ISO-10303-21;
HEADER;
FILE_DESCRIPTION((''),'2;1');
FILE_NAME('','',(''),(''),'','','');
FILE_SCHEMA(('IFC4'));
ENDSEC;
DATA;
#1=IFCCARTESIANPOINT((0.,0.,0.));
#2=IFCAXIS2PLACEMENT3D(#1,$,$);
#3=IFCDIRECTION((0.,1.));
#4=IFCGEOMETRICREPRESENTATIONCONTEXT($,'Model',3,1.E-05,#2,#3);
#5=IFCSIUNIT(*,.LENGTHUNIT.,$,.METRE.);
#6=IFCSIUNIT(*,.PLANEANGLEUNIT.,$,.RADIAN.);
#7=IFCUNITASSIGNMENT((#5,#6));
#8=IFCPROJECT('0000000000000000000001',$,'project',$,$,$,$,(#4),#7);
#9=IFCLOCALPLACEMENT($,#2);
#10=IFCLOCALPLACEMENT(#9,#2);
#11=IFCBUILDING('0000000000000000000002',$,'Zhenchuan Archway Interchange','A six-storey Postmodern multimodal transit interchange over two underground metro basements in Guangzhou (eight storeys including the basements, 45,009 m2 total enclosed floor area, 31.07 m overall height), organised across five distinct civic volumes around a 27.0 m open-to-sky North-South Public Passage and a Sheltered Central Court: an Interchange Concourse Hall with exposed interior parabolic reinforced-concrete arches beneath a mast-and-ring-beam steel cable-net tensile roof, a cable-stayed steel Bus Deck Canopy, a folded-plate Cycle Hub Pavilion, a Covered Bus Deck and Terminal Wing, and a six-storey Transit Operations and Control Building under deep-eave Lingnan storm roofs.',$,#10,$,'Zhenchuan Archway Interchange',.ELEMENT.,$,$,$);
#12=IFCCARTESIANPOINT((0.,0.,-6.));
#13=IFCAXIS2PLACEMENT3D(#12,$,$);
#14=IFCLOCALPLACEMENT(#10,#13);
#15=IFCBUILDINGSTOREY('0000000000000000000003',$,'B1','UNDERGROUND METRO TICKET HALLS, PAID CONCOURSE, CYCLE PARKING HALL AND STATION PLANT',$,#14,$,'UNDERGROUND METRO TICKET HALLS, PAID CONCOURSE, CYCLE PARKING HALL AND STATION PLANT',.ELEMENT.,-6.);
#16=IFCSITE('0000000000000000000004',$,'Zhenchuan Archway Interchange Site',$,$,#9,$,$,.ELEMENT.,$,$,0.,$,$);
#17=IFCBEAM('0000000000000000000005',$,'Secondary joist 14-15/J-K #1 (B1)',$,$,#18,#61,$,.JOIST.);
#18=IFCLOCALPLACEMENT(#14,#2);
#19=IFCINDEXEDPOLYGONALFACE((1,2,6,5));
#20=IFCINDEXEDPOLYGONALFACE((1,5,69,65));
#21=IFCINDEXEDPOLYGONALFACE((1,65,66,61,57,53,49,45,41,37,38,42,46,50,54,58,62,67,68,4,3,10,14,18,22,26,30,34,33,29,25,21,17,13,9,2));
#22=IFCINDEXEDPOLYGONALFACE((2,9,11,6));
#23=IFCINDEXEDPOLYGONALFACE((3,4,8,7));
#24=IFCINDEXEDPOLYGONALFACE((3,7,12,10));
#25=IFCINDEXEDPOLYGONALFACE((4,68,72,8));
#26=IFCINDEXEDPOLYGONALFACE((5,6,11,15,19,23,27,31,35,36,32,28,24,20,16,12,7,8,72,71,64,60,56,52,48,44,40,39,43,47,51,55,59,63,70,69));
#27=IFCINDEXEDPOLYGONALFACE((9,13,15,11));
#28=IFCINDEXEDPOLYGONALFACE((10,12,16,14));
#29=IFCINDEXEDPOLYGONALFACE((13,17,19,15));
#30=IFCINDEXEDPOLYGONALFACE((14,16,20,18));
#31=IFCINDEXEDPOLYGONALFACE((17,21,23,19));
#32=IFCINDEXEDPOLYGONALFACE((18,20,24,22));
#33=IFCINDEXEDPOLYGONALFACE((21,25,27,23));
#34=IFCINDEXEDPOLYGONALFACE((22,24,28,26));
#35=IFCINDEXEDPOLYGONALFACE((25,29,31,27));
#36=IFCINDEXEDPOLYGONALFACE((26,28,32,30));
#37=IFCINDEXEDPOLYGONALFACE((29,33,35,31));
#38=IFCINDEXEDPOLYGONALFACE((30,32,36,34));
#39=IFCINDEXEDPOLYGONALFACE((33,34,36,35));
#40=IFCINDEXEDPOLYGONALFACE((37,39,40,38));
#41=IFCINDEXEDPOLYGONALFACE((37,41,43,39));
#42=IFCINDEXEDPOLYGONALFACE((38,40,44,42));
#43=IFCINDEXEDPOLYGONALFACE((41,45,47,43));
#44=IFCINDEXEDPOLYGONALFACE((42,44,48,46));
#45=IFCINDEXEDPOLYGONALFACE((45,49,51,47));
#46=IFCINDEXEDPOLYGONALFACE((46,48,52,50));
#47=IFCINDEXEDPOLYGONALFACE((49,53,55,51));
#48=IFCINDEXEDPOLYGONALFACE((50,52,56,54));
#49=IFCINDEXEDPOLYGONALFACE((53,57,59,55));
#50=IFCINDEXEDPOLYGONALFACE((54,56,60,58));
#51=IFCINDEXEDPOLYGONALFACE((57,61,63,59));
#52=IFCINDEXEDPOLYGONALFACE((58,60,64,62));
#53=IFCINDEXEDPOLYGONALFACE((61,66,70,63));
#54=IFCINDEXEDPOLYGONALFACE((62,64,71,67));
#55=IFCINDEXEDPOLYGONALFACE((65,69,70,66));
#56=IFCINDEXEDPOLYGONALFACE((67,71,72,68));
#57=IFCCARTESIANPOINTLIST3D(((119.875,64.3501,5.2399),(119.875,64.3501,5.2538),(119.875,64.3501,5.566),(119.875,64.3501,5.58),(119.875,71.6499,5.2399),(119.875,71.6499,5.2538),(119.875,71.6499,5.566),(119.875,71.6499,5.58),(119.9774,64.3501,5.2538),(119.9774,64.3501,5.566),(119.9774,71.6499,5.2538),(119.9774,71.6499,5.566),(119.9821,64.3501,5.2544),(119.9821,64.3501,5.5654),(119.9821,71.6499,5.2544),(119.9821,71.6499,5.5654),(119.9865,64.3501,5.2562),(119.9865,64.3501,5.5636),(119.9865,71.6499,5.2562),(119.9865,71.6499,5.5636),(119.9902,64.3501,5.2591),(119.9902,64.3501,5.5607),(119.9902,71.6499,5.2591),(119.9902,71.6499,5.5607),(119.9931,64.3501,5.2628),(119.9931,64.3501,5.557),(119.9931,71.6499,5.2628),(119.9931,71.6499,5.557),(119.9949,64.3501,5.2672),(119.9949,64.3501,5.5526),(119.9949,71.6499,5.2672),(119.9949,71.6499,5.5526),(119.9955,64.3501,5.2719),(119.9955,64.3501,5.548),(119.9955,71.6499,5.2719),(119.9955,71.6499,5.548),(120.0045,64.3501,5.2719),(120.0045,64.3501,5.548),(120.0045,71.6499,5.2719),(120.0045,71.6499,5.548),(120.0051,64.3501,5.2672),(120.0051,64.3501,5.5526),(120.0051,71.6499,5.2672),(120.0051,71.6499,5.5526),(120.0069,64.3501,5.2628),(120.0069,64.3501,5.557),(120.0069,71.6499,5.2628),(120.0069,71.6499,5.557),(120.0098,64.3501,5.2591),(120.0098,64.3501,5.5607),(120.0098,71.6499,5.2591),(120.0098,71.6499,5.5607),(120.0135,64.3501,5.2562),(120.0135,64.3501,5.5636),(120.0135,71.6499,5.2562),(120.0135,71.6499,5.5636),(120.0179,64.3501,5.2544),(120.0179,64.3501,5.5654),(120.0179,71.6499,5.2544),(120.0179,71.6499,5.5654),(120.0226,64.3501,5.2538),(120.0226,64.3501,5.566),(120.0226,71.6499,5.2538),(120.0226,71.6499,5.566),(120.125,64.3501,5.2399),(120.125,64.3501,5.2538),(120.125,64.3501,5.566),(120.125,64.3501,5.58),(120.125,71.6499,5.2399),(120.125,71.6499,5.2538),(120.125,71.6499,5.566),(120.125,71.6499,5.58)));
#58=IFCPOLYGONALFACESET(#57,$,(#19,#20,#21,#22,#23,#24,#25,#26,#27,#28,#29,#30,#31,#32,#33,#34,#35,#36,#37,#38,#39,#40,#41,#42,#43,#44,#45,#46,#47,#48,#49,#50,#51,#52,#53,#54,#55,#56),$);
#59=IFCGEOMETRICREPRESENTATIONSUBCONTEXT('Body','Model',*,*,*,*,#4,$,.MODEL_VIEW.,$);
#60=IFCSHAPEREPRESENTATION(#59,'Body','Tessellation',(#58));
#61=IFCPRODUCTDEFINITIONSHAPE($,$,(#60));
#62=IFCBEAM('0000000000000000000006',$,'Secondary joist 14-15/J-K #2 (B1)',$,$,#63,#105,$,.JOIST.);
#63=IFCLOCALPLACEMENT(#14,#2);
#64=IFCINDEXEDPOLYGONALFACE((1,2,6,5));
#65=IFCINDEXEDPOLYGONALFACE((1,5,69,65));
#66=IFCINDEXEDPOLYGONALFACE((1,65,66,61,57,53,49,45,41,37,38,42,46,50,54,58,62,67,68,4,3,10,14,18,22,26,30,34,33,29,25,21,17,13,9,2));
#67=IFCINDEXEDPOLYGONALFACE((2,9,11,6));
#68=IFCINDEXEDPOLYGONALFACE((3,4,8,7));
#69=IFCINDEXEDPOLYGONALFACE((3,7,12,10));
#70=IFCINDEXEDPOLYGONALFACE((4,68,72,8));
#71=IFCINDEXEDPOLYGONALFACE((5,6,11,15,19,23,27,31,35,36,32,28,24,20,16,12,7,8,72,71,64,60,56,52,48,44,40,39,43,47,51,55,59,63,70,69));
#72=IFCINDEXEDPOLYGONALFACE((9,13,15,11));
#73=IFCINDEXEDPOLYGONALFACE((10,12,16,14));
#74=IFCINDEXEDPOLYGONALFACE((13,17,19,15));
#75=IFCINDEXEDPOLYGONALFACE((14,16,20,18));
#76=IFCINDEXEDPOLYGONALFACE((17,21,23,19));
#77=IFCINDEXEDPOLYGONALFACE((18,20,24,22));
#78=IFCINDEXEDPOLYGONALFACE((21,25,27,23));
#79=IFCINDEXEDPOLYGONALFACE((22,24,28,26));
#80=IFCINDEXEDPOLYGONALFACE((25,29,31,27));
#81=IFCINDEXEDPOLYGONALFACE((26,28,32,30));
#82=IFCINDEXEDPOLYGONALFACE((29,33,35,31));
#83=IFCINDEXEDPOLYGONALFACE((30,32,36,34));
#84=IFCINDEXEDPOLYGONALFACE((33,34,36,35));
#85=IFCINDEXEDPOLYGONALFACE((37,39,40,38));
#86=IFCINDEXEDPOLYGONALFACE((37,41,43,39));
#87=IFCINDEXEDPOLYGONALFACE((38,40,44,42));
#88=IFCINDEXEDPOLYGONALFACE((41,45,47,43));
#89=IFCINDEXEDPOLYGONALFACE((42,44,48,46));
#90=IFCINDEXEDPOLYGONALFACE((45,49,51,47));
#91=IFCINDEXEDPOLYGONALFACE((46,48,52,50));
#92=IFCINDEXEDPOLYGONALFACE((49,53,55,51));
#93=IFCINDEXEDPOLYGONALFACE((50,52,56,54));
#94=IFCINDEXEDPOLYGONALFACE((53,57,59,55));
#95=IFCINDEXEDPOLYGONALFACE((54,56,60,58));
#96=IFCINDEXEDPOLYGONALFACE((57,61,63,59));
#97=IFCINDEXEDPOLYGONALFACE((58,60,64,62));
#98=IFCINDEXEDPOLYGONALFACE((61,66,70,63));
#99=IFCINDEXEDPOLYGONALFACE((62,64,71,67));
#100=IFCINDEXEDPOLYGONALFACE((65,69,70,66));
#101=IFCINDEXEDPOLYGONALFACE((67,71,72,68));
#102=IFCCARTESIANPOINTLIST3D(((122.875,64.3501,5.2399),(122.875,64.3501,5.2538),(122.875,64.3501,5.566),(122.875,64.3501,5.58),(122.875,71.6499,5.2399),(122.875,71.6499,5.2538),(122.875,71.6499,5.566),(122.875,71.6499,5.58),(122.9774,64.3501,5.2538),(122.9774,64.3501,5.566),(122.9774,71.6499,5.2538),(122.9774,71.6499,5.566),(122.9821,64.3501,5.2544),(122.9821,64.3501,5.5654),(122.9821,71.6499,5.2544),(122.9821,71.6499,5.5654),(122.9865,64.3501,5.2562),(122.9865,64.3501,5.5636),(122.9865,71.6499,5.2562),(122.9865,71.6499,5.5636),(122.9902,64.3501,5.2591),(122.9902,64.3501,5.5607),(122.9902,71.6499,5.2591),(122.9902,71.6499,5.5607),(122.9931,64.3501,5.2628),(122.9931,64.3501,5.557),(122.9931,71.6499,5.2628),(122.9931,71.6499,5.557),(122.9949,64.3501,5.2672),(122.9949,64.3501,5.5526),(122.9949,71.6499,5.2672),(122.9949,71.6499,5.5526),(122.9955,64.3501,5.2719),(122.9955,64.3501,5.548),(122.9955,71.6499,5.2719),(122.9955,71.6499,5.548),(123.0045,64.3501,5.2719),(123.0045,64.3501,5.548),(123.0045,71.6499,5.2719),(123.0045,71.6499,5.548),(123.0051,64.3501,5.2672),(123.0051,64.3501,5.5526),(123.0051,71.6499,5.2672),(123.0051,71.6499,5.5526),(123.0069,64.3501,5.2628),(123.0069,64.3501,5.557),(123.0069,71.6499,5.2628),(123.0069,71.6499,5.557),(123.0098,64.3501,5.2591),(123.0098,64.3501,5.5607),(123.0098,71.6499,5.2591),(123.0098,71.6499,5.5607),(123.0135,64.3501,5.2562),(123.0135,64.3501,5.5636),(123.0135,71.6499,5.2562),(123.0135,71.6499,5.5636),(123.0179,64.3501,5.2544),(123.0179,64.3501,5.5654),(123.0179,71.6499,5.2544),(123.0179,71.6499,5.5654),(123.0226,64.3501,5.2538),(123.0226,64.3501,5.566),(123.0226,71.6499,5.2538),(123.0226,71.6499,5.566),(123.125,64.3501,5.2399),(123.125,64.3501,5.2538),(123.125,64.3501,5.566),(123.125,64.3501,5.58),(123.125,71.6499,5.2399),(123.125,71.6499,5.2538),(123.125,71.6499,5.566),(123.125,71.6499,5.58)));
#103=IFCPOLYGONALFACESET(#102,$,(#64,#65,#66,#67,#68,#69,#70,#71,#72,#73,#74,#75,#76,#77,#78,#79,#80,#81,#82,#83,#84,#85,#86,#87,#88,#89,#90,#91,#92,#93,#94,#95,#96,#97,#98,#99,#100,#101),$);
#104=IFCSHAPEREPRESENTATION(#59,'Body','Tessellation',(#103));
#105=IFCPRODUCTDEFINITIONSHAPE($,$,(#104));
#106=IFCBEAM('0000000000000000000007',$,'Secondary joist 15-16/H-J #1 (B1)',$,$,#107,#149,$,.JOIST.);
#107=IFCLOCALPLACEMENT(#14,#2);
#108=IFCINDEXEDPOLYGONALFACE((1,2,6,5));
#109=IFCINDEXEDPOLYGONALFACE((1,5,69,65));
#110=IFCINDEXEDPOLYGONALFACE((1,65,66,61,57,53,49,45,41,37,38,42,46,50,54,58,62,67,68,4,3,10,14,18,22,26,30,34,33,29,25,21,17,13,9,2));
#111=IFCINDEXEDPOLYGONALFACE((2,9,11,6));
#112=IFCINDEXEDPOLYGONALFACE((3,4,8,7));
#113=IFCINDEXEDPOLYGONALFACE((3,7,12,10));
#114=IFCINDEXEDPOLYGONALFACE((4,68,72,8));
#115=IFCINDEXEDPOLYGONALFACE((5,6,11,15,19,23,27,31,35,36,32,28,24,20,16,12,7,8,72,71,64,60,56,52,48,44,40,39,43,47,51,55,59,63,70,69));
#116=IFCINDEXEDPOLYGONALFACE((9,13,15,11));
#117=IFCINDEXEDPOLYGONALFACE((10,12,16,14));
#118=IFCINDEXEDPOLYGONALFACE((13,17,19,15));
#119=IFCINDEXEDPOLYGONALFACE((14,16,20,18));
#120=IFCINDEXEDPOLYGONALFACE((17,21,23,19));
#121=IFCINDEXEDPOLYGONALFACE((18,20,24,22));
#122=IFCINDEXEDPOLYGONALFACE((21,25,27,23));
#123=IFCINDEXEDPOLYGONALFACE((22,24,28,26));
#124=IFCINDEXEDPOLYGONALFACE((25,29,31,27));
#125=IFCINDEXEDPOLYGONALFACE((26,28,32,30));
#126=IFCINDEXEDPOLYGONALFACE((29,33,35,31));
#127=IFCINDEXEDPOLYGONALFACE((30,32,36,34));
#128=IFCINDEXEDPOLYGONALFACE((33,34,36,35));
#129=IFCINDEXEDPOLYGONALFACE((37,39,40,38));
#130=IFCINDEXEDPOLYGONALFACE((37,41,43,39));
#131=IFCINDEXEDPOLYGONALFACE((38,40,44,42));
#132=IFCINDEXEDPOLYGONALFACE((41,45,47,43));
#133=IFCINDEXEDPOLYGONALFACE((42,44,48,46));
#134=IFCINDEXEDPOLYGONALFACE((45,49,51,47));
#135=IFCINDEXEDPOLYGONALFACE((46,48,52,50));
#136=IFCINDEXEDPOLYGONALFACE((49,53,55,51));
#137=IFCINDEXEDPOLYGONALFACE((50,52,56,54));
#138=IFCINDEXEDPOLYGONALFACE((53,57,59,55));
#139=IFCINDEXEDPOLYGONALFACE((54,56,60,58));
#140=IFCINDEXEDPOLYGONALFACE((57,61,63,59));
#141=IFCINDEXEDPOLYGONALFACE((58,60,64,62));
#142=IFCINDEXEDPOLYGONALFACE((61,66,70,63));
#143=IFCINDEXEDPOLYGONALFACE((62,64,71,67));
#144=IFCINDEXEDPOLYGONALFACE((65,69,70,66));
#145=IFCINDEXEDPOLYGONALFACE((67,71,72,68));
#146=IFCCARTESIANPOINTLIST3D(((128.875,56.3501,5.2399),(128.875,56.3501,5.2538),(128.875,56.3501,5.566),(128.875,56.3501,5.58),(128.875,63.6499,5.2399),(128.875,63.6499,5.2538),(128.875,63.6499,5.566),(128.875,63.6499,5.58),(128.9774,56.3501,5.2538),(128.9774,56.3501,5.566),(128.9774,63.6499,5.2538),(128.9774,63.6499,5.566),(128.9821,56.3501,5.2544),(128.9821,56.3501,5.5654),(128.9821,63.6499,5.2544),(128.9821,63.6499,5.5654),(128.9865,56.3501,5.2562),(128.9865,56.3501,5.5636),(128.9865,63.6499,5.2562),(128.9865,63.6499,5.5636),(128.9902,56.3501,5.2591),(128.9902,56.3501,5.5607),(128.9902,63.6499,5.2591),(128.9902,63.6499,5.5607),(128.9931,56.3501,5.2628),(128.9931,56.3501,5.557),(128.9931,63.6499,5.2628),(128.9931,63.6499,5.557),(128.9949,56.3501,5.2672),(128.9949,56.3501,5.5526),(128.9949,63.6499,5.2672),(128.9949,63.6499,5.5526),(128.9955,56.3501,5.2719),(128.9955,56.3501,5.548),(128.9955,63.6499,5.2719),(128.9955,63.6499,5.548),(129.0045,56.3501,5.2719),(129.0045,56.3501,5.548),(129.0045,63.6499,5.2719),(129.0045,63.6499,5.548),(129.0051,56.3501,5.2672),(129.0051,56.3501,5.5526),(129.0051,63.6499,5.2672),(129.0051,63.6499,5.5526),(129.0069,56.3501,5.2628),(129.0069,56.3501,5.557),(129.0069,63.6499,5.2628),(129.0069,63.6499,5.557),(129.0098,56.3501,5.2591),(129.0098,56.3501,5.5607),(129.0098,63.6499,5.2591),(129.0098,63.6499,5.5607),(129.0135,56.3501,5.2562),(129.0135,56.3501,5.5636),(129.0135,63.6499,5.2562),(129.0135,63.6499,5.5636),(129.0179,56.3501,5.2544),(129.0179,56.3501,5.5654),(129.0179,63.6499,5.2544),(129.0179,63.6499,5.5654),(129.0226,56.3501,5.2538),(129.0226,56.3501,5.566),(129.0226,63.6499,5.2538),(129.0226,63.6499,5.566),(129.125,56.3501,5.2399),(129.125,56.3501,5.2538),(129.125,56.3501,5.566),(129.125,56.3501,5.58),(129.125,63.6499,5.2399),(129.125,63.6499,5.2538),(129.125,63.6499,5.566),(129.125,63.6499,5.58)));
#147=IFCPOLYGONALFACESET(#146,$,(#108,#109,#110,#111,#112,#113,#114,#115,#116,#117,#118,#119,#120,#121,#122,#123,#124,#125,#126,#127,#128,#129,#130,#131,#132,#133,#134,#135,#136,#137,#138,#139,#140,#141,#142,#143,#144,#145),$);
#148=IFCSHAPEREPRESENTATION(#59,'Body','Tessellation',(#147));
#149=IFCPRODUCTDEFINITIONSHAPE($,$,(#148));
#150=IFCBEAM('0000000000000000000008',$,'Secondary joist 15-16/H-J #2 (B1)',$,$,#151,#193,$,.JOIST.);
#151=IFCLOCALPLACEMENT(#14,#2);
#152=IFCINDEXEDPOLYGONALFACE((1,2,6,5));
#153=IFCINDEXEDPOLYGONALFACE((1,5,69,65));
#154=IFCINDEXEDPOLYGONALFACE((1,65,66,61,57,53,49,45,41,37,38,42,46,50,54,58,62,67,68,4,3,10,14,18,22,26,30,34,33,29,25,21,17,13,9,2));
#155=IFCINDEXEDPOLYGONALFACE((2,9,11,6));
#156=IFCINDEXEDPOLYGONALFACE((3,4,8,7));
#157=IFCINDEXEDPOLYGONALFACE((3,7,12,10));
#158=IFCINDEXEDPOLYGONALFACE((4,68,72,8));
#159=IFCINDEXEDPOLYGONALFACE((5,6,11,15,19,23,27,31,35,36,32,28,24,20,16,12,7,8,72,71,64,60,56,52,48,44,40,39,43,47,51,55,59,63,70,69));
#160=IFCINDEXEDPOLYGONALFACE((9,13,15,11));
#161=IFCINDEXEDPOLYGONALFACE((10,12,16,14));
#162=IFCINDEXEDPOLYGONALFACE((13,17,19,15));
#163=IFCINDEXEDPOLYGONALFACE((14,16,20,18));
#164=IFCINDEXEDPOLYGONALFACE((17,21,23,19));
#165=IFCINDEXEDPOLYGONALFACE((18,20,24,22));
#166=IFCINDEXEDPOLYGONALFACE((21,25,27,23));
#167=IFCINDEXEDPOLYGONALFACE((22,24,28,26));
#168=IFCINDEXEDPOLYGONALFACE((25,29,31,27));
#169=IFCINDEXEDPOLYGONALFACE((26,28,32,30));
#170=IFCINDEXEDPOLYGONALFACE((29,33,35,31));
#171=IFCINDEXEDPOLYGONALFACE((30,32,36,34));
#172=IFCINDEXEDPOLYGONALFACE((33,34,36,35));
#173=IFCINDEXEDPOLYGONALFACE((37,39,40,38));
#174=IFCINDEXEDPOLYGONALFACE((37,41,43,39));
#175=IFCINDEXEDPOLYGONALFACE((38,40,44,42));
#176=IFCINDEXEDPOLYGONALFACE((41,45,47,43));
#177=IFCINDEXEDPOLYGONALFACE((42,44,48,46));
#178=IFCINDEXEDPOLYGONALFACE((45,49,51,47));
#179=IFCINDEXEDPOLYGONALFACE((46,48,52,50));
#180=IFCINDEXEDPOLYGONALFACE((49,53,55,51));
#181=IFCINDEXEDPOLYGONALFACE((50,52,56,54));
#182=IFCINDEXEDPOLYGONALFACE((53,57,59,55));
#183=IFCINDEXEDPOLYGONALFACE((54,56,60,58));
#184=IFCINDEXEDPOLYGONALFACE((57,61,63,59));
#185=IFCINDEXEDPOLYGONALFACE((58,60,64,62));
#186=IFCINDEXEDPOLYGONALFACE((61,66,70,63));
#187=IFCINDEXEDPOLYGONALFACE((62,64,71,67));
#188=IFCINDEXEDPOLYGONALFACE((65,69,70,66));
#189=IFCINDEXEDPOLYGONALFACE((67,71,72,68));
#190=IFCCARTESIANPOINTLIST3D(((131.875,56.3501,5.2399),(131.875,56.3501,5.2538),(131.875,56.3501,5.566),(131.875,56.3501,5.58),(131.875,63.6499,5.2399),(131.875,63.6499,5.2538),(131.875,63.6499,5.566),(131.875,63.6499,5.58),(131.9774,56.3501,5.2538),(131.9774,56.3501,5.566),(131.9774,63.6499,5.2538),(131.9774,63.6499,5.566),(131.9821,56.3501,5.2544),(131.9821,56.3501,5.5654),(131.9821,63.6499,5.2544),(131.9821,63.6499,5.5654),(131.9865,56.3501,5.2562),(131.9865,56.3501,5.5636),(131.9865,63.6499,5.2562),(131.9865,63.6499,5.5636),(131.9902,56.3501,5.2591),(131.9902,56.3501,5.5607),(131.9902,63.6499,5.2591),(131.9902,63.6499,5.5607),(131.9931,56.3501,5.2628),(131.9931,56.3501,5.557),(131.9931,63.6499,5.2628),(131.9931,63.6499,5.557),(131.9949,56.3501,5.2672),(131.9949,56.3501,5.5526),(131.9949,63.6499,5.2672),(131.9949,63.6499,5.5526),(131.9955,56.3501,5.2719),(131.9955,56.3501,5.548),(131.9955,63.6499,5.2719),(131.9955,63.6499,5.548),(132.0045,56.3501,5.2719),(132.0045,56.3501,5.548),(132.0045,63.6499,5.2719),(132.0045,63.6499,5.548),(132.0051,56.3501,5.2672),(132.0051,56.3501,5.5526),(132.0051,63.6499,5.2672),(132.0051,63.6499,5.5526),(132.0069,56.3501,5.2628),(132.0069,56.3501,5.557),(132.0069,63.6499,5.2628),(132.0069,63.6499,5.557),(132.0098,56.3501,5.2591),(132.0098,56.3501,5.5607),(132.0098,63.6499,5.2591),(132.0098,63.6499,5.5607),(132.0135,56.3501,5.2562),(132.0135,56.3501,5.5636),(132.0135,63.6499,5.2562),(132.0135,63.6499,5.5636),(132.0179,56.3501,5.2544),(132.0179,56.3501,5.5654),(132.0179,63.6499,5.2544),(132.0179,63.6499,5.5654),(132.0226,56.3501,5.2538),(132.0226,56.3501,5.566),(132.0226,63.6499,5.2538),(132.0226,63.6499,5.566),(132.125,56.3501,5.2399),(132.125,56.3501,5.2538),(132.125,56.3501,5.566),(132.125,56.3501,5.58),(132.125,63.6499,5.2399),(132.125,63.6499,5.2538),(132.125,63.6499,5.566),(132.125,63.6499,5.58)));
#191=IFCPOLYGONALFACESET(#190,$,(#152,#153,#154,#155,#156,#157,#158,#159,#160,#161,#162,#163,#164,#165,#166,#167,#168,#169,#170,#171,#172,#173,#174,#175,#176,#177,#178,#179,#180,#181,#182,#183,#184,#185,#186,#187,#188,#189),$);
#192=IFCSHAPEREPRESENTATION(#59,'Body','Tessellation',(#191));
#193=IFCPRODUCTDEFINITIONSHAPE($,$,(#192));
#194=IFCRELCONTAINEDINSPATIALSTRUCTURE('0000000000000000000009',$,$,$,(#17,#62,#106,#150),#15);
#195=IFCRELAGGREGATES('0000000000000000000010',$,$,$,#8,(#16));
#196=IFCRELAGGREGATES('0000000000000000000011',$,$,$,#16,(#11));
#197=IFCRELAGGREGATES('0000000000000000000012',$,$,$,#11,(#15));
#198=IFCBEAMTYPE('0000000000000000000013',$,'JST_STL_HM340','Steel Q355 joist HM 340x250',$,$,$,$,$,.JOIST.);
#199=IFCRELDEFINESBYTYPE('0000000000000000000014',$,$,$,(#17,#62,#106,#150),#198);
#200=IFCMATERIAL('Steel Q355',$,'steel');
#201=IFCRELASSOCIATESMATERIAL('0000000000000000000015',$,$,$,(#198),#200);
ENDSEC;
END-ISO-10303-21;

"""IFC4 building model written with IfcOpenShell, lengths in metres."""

from ifc_helpers import new_model, si_unit, direction, frame, origin, origin_2d, place, context, subcontext, project, spatial, i_section, extrude, material, material_profile, profile_set, type_object, element, save


model = new_model("IFC4")

# Units and contexts
model_context = context("Model", 3, precision=1e-05, world=origin(), true_north=direction((0.0, 1.0)))
body_context = subcontext(model_context, "Body", "Model", "MODEL_VIEW")
ifc_project = project(units=[si_unit("LENGTHUNIT", "METRE"), si_unit("PLANEANGLEUNIT", "RADIAN")], contexts=[model_context])

# Site, building, storey
site_placement = place(None, origin())
site = spatial("IfcSite", under=ifc_project, at=site_placement, Name="Zhenchuan Archway Interchange Site", CompositionType="ELEMENT", RefElevation=0.0)
building_placement = place(site_placement, origin())
building = spatial("IfcBuilding", under=site, at=building_placement, Name="Zhenchuan Archway Interchange", Description="A six-storey Postmodern multimodal transit interchange over two underground metro basements in Guangzhou (eight storeys including the basements, 45,009 m2 total enclosed floor area, 31.07 m overall height), organised across five distinct civic volumes around a 27.0 m open-to-sky North-South Public Passage and a Sheltered Central Court: an Interchange Concourse Hall with exposed interior parabolic reinforced-concrete arches beneath a mast-and-ring-beam steel cable-net tensile roof, a cable-stayed steel Bus Deck Canopy, a folded-plate Cycle Hub Pavilion, a Covered Bus Deck and Terminal Wing, and a six-storey Transit Operations and Control Building under deep-eave Lingnan storm roofs.", LongName="Zhenchuan Archway Interchange", CompositionType="ELEMENT")
storey_placement = place(building_placement, frame((0.0, 0.0, -6.0)))
storey = spatial("IfcBuildingStorey", under=building, at=storey_placement, Name="B1", Description="UNDERGROUND METRO TICKET HALLS, PAID CONCOURSE, CYCLE PARKING HALL AND STATION PLANT", LongName="UNDERGROUND METRO TICKET HALLS, PAID CONCOURSE, CYCLE PARKING HALL AND STATION PLANT", CompositionType="ELEMENT", Elevation=-6.0)

# Beams
ifc_material_1 = material(Name="Steel Q355", Category="steel")
ifc_material_profile_1 = material_profile(ifc_material_1, i_section(OverallWidth=0.25, OverallDepth=0.3401, WebThickness=0.009, FlangeThickness=0.0139, FilletRadius=0.0181, at=origin_2d()), Name="HM 340x250")
ifc_profile_set_1 = profile_set([ifc_material_profile_1], Name="Steel Q355")
beam_type_1 = type_object("IfcBeamType", Name="JST_STL_HM340", Description="Steel Q355 joist HM 340x250", PredefinedType="JOIST", material=ifc_profile_set_1)
for number, where, z_axis, x_axis, name in (
    (1, (120.0, 64.3501, 5.4099), (0.0, 1.0, 0.0), (-1.0, 0.0, 0.0), "Secondary joist 14-15/J-K #1 (B1)"),
    (2, (123.0, 64.3501, 5.4099), (0.0, 1.0, 0.0), (-1.0, 0.0, 0.0), "Secondary joist 14-15/J-K #2 (B1)"),
    (3, (129.0, 56.3501, 5.4099), (0.0, 1.0, 0.0), (-1.0, 0.0, 0.0), "Secondary joist 15-16/H-J #1 (B1)"),
    (4, (132.0, 56.3501, 5.4099), (0.0, 1.0, 0.0), (-1.0, 0.0, 0.0), "Secondary joist 15-16/H-J #2 (B1)"),
):
    element("IfcBeam", number, at=place(storey_placement, frame(where, z_axis=z_axis, x_axis=x_axis)), inside=storey, type_object=beam_type_1, Name=name, PredefinedType="JOIST", context=body_context, shape_type="SweptSolid", body=[
        extrude(i_section(OverallWidth=0.25, OverallDepth=0.3401, WebThickness=0.009, FlangeThickness=0.0139, FilletRadius=0.0181, at=origin_2d()), origin(), (0.0, 0.0, 1.0), 7.2998),
    ])

save(model, "model.ifc")
